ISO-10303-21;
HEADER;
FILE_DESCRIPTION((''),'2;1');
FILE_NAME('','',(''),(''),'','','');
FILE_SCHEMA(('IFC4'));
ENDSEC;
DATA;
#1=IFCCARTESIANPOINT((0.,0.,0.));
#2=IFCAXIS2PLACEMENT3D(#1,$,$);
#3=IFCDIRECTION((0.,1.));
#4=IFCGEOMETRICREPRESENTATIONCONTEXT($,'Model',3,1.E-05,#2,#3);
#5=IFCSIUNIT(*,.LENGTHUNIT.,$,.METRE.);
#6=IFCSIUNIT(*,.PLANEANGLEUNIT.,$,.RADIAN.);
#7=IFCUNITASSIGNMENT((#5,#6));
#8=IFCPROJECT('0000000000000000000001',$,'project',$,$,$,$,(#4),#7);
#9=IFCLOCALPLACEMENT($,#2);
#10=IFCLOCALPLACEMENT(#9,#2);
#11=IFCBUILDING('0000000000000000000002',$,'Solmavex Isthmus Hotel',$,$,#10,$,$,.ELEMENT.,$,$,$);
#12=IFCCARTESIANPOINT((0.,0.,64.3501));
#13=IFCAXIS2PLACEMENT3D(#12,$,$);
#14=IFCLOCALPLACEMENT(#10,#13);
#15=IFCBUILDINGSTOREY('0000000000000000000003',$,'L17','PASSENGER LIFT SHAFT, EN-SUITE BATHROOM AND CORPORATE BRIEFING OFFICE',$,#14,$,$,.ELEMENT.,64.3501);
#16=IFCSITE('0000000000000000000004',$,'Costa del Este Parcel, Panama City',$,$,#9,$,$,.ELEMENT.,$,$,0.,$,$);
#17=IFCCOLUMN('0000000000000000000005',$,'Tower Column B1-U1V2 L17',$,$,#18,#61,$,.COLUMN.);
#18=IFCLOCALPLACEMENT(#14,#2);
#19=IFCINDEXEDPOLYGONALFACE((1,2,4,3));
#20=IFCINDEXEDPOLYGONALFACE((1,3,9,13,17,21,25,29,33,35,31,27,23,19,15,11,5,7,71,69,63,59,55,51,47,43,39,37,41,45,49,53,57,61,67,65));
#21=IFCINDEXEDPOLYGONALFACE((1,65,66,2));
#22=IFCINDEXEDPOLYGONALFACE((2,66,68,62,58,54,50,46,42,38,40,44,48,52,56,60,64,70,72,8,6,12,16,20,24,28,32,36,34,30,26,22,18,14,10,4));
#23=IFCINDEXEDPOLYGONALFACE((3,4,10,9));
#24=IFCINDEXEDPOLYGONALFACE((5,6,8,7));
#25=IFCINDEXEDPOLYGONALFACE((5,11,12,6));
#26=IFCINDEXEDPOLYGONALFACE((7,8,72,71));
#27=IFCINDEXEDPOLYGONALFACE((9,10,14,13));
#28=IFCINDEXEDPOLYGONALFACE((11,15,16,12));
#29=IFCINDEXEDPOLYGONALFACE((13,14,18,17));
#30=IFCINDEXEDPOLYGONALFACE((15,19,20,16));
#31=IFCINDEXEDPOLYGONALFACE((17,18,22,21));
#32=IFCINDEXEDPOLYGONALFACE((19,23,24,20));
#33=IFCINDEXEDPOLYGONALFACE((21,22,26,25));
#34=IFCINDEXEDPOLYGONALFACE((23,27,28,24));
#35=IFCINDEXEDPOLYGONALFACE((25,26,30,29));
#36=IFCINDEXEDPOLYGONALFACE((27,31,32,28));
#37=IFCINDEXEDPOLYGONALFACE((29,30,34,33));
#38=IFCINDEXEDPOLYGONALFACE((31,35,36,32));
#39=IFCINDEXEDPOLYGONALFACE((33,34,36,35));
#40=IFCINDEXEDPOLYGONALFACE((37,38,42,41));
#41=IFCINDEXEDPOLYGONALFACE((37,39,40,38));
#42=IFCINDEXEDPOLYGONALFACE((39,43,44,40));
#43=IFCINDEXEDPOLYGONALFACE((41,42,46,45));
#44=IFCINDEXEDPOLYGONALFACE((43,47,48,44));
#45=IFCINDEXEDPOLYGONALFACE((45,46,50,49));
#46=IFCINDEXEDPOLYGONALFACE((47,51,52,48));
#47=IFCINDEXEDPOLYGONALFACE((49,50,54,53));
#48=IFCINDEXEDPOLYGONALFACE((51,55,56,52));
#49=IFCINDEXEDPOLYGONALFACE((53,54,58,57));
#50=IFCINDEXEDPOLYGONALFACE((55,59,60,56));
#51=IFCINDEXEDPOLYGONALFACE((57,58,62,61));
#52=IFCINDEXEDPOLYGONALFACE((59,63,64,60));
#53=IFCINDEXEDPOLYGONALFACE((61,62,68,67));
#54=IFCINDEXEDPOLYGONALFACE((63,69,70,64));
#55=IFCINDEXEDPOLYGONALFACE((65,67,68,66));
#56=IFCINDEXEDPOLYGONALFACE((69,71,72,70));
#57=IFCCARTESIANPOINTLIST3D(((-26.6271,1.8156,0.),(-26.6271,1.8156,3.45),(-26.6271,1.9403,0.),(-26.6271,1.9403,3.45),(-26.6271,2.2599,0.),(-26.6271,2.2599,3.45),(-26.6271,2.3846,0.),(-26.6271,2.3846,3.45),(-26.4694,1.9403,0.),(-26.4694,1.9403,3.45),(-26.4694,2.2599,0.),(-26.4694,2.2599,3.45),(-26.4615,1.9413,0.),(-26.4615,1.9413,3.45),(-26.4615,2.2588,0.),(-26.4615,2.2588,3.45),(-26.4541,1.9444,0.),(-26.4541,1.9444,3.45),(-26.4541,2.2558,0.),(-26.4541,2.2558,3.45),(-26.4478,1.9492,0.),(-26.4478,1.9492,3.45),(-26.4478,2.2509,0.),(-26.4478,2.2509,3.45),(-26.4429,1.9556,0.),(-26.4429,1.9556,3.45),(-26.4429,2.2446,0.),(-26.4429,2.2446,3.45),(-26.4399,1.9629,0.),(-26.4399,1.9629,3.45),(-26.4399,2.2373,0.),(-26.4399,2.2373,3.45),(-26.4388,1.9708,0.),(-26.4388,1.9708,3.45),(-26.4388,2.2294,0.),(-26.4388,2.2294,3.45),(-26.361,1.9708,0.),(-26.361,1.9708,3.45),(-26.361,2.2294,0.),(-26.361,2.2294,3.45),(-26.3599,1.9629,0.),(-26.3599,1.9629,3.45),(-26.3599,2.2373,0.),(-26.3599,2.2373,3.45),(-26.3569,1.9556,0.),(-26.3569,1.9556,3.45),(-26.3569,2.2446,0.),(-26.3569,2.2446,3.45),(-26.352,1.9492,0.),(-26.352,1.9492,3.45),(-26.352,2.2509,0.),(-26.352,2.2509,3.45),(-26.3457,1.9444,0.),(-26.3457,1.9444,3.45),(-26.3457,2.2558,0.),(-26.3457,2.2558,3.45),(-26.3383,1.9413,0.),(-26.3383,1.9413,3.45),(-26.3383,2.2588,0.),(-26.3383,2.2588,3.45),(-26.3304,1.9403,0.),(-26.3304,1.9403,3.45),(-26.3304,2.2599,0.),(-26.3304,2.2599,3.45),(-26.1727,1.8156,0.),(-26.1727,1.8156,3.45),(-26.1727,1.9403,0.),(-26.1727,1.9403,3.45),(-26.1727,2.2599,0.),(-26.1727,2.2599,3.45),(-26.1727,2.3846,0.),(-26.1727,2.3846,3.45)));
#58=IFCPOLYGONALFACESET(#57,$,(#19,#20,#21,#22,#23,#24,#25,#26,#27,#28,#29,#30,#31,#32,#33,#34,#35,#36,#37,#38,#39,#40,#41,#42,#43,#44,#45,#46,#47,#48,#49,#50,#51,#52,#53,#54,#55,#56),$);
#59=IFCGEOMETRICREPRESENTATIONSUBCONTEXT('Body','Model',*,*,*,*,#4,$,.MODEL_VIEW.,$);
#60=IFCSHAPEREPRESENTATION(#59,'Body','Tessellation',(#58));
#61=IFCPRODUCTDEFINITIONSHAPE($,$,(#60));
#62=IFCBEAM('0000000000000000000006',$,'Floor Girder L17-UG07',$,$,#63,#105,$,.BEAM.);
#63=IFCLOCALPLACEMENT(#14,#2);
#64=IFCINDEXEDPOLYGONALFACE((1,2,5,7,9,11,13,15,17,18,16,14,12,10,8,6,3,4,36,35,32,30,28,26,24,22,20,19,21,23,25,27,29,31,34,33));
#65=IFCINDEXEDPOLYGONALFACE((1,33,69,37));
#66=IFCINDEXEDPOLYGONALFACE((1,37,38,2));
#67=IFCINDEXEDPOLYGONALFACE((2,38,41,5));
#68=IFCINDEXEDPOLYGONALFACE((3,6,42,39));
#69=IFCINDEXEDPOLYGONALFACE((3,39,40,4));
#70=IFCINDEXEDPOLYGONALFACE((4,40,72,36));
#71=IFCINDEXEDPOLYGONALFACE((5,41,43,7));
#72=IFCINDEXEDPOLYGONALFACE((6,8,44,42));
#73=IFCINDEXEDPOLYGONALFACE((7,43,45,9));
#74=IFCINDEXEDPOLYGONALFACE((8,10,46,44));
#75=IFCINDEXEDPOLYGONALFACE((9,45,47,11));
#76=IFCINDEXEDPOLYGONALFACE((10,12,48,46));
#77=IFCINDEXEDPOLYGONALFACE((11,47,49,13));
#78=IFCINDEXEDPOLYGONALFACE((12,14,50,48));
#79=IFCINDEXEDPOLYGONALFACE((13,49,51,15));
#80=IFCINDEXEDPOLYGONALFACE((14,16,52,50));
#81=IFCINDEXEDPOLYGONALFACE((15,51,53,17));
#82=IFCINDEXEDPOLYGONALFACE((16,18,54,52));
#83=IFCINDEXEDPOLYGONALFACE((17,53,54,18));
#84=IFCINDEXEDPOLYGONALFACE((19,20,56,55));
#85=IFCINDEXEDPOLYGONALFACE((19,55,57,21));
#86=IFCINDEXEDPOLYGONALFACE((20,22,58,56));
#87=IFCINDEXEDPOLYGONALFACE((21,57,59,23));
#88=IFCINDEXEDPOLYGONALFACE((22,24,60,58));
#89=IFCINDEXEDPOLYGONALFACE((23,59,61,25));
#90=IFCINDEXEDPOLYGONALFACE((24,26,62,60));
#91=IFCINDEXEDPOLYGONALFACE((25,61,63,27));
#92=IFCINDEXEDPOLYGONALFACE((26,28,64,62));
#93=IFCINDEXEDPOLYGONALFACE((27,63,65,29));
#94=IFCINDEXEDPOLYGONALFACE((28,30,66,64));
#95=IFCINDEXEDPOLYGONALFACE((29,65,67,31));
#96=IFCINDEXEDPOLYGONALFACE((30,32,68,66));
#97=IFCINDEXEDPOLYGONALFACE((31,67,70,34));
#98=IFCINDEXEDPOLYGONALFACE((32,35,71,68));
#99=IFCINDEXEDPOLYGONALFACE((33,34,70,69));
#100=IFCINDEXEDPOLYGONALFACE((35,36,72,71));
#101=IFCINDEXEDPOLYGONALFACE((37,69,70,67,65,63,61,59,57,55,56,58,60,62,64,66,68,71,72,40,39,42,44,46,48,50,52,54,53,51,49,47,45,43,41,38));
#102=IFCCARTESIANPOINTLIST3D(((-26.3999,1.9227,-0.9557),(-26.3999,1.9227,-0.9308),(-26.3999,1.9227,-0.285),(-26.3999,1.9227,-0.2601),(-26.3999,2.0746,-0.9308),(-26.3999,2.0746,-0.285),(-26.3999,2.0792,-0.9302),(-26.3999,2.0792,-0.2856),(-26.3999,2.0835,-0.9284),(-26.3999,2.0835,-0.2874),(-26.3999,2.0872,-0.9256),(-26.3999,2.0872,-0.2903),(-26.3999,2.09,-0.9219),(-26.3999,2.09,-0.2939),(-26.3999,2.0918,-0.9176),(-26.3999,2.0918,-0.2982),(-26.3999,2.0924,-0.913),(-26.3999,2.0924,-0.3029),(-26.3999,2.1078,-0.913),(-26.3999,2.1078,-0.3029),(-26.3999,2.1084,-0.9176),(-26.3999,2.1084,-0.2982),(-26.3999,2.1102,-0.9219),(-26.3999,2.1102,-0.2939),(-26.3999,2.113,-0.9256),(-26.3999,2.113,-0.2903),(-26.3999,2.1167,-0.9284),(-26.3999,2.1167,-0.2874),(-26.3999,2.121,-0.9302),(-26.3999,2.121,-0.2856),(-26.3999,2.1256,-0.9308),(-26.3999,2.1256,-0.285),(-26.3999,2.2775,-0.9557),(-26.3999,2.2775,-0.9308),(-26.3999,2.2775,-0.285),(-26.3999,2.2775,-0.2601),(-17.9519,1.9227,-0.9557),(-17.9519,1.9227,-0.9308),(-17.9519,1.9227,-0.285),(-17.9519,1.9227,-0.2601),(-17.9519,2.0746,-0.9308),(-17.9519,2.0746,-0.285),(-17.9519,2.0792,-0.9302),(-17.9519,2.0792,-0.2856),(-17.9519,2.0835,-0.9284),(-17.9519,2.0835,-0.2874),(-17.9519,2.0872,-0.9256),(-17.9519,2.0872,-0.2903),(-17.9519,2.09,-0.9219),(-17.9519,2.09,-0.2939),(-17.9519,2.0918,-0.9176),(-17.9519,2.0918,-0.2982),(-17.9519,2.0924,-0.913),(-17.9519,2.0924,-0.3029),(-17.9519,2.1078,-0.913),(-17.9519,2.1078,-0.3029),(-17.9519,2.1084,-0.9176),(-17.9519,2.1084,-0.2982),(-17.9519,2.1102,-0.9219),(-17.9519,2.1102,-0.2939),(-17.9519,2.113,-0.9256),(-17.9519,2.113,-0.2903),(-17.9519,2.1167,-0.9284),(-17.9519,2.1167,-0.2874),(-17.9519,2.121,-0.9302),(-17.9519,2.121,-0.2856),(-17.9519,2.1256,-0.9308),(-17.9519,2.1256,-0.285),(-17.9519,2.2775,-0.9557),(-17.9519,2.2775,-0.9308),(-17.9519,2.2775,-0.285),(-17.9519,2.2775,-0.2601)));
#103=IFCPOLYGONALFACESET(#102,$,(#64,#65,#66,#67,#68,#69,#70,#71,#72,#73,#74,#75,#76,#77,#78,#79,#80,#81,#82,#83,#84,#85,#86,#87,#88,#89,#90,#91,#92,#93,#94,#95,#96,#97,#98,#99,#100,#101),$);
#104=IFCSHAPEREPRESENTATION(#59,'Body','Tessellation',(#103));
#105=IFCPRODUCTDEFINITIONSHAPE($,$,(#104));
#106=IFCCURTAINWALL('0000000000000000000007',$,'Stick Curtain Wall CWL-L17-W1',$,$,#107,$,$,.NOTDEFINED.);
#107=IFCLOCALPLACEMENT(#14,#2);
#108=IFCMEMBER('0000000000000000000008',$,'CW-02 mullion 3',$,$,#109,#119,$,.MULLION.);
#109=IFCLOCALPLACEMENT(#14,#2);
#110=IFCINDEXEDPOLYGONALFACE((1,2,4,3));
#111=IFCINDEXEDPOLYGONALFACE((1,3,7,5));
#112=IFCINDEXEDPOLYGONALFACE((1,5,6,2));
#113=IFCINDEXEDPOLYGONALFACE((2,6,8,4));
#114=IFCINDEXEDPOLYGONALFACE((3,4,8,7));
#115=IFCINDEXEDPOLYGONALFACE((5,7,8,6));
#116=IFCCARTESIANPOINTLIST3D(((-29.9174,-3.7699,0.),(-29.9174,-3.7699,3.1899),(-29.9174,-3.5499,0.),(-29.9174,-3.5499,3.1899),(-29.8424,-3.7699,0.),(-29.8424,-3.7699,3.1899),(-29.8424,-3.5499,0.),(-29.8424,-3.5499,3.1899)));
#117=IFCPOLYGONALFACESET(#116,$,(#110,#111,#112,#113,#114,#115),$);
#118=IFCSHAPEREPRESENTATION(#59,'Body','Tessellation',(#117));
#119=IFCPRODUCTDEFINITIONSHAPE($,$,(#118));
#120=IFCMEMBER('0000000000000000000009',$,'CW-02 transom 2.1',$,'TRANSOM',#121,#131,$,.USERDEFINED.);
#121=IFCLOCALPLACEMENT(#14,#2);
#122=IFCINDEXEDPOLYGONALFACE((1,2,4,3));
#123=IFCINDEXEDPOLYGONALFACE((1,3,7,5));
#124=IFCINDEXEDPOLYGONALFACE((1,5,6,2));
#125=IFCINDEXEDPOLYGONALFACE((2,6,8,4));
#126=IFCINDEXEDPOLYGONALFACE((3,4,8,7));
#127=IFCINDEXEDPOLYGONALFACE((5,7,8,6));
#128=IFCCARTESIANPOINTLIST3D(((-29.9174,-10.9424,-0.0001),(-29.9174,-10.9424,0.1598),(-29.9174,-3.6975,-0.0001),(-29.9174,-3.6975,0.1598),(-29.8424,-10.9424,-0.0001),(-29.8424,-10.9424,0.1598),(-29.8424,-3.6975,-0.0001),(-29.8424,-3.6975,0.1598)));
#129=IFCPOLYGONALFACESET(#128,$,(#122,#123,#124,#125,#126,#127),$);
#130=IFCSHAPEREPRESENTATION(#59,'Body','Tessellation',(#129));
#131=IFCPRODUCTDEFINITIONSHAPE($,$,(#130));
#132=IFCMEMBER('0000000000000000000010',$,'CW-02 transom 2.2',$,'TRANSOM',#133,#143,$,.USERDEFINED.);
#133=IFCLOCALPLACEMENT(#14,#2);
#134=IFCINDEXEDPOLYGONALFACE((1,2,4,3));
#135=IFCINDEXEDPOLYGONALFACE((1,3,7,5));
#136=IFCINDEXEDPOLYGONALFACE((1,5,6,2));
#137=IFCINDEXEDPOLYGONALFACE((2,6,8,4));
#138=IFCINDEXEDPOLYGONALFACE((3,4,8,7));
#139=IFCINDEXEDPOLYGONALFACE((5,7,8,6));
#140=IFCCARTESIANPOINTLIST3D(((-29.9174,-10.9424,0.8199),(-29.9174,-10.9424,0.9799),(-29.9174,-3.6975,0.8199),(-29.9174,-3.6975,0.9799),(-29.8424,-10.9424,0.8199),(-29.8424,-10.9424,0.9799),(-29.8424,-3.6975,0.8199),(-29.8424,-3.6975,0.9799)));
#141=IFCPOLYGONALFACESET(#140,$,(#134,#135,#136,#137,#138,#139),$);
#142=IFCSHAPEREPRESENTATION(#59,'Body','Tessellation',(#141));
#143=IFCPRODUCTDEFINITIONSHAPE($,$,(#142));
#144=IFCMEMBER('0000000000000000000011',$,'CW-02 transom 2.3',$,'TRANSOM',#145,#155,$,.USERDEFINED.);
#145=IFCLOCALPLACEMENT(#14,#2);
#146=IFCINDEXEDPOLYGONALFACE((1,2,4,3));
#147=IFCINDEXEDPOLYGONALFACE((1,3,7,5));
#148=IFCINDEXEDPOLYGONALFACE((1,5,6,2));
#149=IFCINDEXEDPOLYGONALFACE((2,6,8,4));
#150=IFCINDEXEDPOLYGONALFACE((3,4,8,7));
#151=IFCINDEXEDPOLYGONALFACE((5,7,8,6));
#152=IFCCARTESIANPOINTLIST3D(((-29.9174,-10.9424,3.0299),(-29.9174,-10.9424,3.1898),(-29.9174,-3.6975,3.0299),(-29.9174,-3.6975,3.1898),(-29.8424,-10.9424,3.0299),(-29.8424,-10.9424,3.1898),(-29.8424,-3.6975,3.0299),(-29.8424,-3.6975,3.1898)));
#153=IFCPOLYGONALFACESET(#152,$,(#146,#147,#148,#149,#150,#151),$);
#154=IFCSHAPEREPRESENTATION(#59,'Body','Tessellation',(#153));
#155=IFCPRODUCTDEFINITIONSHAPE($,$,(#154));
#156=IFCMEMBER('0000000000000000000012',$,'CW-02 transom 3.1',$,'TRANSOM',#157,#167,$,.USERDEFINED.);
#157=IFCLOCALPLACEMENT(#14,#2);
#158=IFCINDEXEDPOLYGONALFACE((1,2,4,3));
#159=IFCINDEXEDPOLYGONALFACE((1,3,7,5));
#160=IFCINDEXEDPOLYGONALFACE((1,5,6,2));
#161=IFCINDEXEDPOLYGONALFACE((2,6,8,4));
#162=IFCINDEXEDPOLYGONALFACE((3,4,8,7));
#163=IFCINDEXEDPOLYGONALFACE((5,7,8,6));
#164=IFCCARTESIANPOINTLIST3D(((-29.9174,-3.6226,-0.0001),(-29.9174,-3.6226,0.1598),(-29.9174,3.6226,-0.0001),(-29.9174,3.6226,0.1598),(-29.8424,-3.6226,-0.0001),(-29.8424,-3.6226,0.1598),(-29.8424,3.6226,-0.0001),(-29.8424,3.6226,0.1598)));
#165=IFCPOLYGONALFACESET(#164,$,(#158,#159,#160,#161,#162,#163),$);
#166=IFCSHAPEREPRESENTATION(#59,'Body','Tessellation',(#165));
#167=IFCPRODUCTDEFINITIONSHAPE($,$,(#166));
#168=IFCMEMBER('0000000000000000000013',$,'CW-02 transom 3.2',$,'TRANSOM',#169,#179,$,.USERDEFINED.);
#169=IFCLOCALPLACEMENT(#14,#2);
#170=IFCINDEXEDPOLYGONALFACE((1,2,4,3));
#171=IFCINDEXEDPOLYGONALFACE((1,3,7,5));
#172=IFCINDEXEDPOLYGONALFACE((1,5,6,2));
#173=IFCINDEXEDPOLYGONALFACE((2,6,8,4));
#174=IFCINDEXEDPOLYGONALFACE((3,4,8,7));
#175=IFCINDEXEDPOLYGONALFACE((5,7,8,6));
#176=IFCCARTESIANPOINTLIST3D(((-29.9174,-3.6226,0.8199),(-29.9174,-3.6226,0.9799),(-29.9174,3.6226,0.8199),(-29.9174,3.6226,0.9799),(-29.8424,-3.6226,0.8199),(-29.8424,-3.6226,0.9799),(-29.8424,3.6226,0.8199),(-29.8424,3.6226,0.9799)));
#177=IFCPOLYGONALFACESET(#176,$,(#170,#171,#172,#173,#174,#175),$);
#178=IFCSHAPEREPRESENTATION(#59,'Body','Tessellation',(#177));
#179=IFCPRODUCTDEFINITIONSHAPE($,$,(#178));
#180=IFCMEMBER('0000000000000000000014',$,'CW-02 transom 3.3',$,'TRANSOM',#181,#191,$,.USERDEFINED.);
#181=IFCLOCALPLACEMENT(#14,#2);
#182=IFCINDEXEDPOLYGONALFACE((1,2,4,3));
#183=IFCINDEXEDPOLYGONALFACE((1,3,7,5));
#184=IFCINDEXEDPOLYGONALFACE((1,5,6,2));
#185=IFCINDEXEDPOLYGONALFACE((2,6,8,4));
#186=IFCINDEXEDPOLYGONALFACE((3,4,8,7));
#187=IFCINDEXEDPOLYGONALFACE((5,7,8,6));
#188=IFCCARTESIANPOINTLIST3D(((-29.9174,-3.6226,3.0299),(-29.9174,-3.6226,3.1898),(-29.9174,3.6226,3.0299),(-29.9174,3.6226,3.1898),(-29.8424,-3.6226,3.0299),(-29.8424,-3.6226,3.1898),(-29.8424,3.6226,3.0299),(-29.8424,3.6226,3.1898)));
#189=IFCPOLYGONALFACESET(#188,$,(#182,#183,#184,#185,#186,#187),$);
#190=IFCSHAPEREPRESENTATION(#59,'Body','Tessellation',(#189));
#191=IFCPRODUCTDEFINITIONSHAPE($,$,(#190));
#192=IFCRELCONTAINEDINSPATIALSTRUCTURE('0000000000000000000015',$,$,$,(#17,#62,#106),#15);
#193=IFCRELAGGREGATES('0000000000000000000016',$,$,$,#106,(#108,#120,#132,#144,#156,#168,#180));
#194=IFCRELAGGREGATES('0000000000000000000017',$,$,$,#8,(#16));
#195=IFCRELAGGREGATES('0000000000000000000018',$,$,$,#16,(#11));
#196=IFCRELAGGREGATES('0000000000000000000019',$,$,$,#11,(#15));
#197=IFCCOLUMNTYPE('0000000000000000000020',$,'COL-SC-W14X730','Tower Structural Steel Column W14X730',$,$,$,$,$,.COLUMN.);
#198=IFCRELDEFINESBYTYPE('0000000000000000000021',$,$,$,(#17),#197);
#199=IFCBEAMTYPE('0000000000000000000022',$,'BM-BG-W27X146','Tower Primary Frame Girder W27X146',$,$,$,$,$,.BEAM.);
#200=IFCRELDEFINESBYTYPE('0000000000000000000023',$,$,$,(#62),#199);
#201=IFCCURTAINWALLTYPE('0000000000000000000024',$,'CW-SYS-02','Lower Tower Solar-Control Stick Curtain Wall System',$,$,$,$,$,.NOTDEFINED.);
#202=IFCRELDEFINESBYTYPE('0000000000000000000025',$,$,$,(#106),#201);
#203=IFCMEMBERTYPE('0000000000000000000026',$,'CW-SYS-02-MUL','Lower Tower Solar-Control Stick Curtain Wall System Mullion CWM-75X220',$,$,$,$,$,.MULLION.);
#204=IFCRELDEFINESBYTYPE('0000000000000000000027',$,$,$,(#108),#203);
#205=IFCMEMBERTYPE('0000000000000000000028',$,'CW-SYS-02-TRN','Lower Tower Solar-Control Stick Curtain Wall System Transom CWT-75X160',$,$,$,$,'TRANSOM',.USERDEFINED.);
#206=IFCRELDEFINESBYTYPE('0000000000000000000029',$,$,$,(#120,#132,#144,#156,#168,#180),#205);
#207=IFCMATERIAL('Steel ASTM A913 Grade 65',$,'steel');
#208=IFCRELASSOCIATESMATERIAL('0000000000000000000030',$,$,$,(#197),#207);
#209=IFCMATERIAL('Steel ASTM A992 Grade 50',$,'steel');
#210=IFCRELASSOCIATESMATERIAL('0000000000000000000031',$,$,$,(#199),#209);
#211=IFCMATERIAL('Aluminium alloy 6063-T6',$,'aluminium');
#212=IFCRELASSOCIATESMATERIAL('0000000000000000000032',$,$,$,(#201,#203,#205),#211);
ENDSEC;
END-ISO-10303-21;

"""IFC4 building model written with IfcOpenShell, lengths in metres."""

from ifc_helpers import new_model, si_unit, direction, frame, origin, origin_2d, place, context, subcontext, project, spatial, rectangle, i_section, extrude, material, material_profile, profile_set, type_object, element, aggregate, save


model = new_model("IFC4")

# Units and contexts
model_context = context("Model", 3, precision=1e-05, world=origin(), true_north=direction((0.0, 1.0)))
body_context = subcontext(model_context, "Body", "Model", "MODEL_VIEW")
ifc_project = project(units=[si_unit("LENGTHUNIT", "METRE"), si_unit("PLANEANGLEUNIT", "RADIAN")], contexts=[model_context])

# Site, building, storey
site_placement = place(None, origin())
site = spatial("IfcSite", under=ifc_project, at=site_placement, Name="Costa del Este Parcel, Panama City", CompositionType="ELEMENT", RefElevation=0.0)
building_placement = place(site_placement, origin())
building = spatial("IfcBuilding", under=site, at=building_placement, Name="Solmavex Isthmus Hotel", CompositionType="ELEMENT")
storey_placement = place(building_placement, frame((0.0, 0.0, 64.3501)))
storey = spatial("IfcBuildingStorey", under=building, at=storey_placement, Name="L17", Description="PASSENGER LIFT SHAFT, EN-SUITE BATHROOM AND CORPORATE BRIEFING OFFICE", CompositionType="ELEMENT", Elevation=64.3501)

# Column
ifc_material_1 = material(Name="Steel ASTM A913 Grade 65", Category="steel")
ifc_material_profile_1 = material_profile(ifc_material_1, i_section(OverallWidth=0.4543, OverallDepth=0.5691, WebThickness=0.0779, FlangeThickness=0.1248, FilletRadius=0.0305, at=origin_2d()), Name="W14X730")
ifc_profile_set_1 = profile_set([ifc_material_profile_1], Name="Steel ASTM A913 Grade 65")
column_type = type_object("IfcColumnType", Name="COL-SC-W14X730", Description="Tower Structural Steel Column W14X730", PredefinedType="COLUMN", material=ifc_profile_set_1)
column_placement = place(storey_placement, frame((-26.3999, 2.1001, 0.0), z_axis=(0.0, 0.0, 1.0), x_axis=(1.0, 0.0, 0.0)))
element("IfcColumn", 1, at=column_placement, inside=storey, type_object=column_type, Name="Tower Column B1-U1V2 L17", PredefinedType="COLUMN", context=body_context, shape_type="SweptSolid", body=[
    extrude(i_section(OverallWidth=0.4543, OverallDepth=0.5691, WebThickness=0.0779, FlangeThickness=0.1248, FilletRadius=0.0305, at=origin_2d()), origin(), (0.0, 0.0, 1.0), 3.45),
])

# Beam
ifc_material_2 = material(Name="Steel ASTM A992 Grade 50", Category="steel")
ifc_material_profile_2 = material_profile(ifc_material_2, i_section(OverallWidth=0.3547, OverallDepth=0.6956, WebThickness=0.0154, FlangeThickness=0.0249, FilletRadius=0.0178, at=origin_2d()), Name="W27X146")
ifc_profile_set_2 = profile_set([ifc_material_profile_2], Name="Steel ASTM A992 Grade 50")
beam_type = type_object("IfcBeamType", Name="BM-BG-W27X146", Description="Tower Primary Frame Girder W27X146", PredefinedType="BEAM", material=ifc_profile_set_2)
beam_placement = place(storey_placement, frame((-26.3999, 2.1001, -0.6079), z_axis=(1.0, 0.0, 0.0), x_axis=(0.0, 1.0, 0.0)))
element("IfcBeam", 2, at=beam_placement, inside=storey, type_object=beam_type, Name="Floor Girder L17-UG07", PredefinedType="BEAM", context=body_context, shape_type="SweptSolid", body=[
    extrude(i_section(OverallWidth=0.3547, OverallDepth=0.6956, WebThickness=0.0154, FlangeThickness=0.0249, FilletRadius=0.0178, at=origin_2d()), origin(), (0.0, 0.0, 1.0), 8.448),
])

# Curtain wall, members
ifc_material_3 = material(Name="Aluminium alloy 6063-T6", Category="aluminium")
curtain_wall_type = type_object("IfcCurtainWallType", Name="CW-SYS-02", Description="Lower Tower Solar-Control Stick Curtain Wall System", PredefinedType="NOTDEFINED", material=ifc_material_3)
curtain_wall_placement = place(storey_placement, origin())
curtain_wall = element("IfcCurtainWall", 3, at=curtain_wall_placement, inside=storey, type_object=curtain_wall_type, Name="Stick Curtain Wall CWL-L17-W1", PredefinedType="NOTDEFINED")
ifc_material_profile_3 = material_profile(ifc_material_3, rectangle(XDim=0.075, YDim=0.22, at=origin_2d()), Name="CWM-75X220")
ifc_profile_set_3 = profile_set([ifc_material_profile_3], Name="Aluminium alloy 6063-T6")
member_type_1 = type_object("IfcMemberType", Name="CW-SYS-02-MUL", Description="Lower Tower Solar-Control Stick Curtain Wall System Mullion CWM-75X220", PredefinedType="MULLION", material=ifc_profile_set_3)
member_1_placement = place(storey_placement, frame((-29.8799, -3.6599, 0.0), z_axis=(0.0, 0.0, 1.0), x_axis=(-1.0, 0.0, 0.0)))
member_1 = element("IfcMember", 4, at=member_1_placement, type_object=member_type_1, Name="CW-02 mullion 3", PredefinedType="MULLION", context=body_context, shape_type="SweptSolid", body=[
    extrude(rectangle(XDim=0.075, YDim=0.22, at=origin_2d()), origin(), (0.0, 0.0, 1.0), 3.1899),
])
ifc_material_profile_4 = material_profile(ifc_material_3, rectangle(XDim=0.075, YDim=0.1599, at=origin_2d()), Name="CWT-75X160")
ifc_profile_set_4 = profile_set([ifc_material_profile_4], Name="Aluminium alloy 6063-T6")
member_type_2 = type_object("IfcMemberType", Name="CW-SYS-02-TRN", Description="Lower Tower Solar-Control Stick Curtain Wall System Transom CWT-75X160", ElementType="TRANSOM", PredefinedType="USERDEFINED", material=ifc_profile_set_4)
member_2_placement = place(storey_placement, frame((-29.8799, -10.9424, 0.0798), z_axis=(0.0, 1.0, 0.0), x_axis=(-1.0, 0.0, 0.0)))
member_2 = element("IfcMember", 5, at=member_2_placement, type_object=member_type_2, Name="CW-02 transom 2.1", ObjectType="TRANSOM", PredefinedType="USERDEFINED", context=body_context, shape_type="SweptSolid", body=[
    extrude(rectangle(XDim=0.075, YDim=0.1599, at=origin_2d()), origin(), (0.0, 0.0, 1.0), 7.2449),
])
member_3_placement = place(storey_placement, frame((-29.8799, -10.9424, 0.8999), z_axis=(0.0, 1.0, 0.0), x_axis=(-1.0, 0.0, 0.0)))
member_3 = element("IfcMember", 6, at=member_3_placement, type_object=member_type_2, Name="CW-02 transom 2.2", ObjectType="TRANSOM", PredefinedType="USERDEFINED", context=body_context, shape_type="SweptSolid", body=[
    extrude(rectangle(XDim=0.075, YDim=0.1599, at=origin_2d()), origin(), (0.0, 0.0, 1.0), 7.2449),
])
member_4_placement = place(storey_placement, frame((-29.8799, -10.9424, 3.1099), z_axis=(0.0, 1.0, 0.0), x_axis=(-1.0, 0.0, 0.0)))
member_4 = element("IfcMember", 7, at=member_4_placement, type_object=member_type_2, Name="CW-02 transom 2.3", ObjectType="TRANSOM", PredefinedType="USERDEFINED", context=body_context, shape_type="SweptSolid", body=[
    extrude(rectangle(XDim=0.075, YDim=0.1599, at=origin_2d()), origin(), (0.0, 0.0, 1.0), 7.2449),
])
member_5_placement = place(storey_placement, frame((-29.8799, -3.6226, 0.0798), z_axis=(0.0, 1.0, 0.0), x_axis=(-1.0, 0.0, 0.0)))
member_5 = element("IfcMember", 8, at=member_5_placement, type_object=member_type_2, Name="CW-02 transom 3.1", ObjectType="TRANSOM", PredefinedType="USERDEFINED", context=body_context, shape_type="SweptSolid", body=[
    extrude(rectangle(XDim=0.075, YDim=0.1599, at=origin_2d()), origin(), (0.0, 0.0, 1.0), 7.2451),
])
member_6_placement = place(storey_placement, frame((-29.8799, -3.6226, 0.8999), z_axis=(0.0, 1.0, 0.0), x_axis=(-1.0, 0.0, 0.0)))
member_6 = element("IfcMember", 9, at=member_6_placement, type_object=member_type_2, Name="CW-02 transom 3.2", ObjectType="TRANSOM", PredefinedType="USERDEFINED", context=body_context, shape_type="SweptSolid", body=[
    extrude(rectangle(XDim=0.075, YDim=0.1599, at=origin_2d()), origin(), (0.0, 0.0, 1.0), 7.2451),
])
member_7_placement = place(storey_placement, frame((-29.8799, -3.6226, 3.1099), z_axis=(0.0, 1.0, 0.0), x_axis=(-1.0, 0.0, 0.0)))
member_7 = element("IfcMember", 10, at=member_7_placement, type_object=member_type_2, Name="CW-02 transom 3.3", ObjectType="TRANSOM", PredefinedType="USERDEFINED", context=body_context, shape_type="SweptSolid", body=[
    extrude(rectangle(XDim=0.075, YDim=0.1599, at=origin_2d()), origin(), (0.0, 0.0, 1.0), 7.2451),
])
aggregate(curtain_wall, [member_1, member_2, member_3, member_4, member_5, member_6, member_7])

save(model, "model.ifc")
